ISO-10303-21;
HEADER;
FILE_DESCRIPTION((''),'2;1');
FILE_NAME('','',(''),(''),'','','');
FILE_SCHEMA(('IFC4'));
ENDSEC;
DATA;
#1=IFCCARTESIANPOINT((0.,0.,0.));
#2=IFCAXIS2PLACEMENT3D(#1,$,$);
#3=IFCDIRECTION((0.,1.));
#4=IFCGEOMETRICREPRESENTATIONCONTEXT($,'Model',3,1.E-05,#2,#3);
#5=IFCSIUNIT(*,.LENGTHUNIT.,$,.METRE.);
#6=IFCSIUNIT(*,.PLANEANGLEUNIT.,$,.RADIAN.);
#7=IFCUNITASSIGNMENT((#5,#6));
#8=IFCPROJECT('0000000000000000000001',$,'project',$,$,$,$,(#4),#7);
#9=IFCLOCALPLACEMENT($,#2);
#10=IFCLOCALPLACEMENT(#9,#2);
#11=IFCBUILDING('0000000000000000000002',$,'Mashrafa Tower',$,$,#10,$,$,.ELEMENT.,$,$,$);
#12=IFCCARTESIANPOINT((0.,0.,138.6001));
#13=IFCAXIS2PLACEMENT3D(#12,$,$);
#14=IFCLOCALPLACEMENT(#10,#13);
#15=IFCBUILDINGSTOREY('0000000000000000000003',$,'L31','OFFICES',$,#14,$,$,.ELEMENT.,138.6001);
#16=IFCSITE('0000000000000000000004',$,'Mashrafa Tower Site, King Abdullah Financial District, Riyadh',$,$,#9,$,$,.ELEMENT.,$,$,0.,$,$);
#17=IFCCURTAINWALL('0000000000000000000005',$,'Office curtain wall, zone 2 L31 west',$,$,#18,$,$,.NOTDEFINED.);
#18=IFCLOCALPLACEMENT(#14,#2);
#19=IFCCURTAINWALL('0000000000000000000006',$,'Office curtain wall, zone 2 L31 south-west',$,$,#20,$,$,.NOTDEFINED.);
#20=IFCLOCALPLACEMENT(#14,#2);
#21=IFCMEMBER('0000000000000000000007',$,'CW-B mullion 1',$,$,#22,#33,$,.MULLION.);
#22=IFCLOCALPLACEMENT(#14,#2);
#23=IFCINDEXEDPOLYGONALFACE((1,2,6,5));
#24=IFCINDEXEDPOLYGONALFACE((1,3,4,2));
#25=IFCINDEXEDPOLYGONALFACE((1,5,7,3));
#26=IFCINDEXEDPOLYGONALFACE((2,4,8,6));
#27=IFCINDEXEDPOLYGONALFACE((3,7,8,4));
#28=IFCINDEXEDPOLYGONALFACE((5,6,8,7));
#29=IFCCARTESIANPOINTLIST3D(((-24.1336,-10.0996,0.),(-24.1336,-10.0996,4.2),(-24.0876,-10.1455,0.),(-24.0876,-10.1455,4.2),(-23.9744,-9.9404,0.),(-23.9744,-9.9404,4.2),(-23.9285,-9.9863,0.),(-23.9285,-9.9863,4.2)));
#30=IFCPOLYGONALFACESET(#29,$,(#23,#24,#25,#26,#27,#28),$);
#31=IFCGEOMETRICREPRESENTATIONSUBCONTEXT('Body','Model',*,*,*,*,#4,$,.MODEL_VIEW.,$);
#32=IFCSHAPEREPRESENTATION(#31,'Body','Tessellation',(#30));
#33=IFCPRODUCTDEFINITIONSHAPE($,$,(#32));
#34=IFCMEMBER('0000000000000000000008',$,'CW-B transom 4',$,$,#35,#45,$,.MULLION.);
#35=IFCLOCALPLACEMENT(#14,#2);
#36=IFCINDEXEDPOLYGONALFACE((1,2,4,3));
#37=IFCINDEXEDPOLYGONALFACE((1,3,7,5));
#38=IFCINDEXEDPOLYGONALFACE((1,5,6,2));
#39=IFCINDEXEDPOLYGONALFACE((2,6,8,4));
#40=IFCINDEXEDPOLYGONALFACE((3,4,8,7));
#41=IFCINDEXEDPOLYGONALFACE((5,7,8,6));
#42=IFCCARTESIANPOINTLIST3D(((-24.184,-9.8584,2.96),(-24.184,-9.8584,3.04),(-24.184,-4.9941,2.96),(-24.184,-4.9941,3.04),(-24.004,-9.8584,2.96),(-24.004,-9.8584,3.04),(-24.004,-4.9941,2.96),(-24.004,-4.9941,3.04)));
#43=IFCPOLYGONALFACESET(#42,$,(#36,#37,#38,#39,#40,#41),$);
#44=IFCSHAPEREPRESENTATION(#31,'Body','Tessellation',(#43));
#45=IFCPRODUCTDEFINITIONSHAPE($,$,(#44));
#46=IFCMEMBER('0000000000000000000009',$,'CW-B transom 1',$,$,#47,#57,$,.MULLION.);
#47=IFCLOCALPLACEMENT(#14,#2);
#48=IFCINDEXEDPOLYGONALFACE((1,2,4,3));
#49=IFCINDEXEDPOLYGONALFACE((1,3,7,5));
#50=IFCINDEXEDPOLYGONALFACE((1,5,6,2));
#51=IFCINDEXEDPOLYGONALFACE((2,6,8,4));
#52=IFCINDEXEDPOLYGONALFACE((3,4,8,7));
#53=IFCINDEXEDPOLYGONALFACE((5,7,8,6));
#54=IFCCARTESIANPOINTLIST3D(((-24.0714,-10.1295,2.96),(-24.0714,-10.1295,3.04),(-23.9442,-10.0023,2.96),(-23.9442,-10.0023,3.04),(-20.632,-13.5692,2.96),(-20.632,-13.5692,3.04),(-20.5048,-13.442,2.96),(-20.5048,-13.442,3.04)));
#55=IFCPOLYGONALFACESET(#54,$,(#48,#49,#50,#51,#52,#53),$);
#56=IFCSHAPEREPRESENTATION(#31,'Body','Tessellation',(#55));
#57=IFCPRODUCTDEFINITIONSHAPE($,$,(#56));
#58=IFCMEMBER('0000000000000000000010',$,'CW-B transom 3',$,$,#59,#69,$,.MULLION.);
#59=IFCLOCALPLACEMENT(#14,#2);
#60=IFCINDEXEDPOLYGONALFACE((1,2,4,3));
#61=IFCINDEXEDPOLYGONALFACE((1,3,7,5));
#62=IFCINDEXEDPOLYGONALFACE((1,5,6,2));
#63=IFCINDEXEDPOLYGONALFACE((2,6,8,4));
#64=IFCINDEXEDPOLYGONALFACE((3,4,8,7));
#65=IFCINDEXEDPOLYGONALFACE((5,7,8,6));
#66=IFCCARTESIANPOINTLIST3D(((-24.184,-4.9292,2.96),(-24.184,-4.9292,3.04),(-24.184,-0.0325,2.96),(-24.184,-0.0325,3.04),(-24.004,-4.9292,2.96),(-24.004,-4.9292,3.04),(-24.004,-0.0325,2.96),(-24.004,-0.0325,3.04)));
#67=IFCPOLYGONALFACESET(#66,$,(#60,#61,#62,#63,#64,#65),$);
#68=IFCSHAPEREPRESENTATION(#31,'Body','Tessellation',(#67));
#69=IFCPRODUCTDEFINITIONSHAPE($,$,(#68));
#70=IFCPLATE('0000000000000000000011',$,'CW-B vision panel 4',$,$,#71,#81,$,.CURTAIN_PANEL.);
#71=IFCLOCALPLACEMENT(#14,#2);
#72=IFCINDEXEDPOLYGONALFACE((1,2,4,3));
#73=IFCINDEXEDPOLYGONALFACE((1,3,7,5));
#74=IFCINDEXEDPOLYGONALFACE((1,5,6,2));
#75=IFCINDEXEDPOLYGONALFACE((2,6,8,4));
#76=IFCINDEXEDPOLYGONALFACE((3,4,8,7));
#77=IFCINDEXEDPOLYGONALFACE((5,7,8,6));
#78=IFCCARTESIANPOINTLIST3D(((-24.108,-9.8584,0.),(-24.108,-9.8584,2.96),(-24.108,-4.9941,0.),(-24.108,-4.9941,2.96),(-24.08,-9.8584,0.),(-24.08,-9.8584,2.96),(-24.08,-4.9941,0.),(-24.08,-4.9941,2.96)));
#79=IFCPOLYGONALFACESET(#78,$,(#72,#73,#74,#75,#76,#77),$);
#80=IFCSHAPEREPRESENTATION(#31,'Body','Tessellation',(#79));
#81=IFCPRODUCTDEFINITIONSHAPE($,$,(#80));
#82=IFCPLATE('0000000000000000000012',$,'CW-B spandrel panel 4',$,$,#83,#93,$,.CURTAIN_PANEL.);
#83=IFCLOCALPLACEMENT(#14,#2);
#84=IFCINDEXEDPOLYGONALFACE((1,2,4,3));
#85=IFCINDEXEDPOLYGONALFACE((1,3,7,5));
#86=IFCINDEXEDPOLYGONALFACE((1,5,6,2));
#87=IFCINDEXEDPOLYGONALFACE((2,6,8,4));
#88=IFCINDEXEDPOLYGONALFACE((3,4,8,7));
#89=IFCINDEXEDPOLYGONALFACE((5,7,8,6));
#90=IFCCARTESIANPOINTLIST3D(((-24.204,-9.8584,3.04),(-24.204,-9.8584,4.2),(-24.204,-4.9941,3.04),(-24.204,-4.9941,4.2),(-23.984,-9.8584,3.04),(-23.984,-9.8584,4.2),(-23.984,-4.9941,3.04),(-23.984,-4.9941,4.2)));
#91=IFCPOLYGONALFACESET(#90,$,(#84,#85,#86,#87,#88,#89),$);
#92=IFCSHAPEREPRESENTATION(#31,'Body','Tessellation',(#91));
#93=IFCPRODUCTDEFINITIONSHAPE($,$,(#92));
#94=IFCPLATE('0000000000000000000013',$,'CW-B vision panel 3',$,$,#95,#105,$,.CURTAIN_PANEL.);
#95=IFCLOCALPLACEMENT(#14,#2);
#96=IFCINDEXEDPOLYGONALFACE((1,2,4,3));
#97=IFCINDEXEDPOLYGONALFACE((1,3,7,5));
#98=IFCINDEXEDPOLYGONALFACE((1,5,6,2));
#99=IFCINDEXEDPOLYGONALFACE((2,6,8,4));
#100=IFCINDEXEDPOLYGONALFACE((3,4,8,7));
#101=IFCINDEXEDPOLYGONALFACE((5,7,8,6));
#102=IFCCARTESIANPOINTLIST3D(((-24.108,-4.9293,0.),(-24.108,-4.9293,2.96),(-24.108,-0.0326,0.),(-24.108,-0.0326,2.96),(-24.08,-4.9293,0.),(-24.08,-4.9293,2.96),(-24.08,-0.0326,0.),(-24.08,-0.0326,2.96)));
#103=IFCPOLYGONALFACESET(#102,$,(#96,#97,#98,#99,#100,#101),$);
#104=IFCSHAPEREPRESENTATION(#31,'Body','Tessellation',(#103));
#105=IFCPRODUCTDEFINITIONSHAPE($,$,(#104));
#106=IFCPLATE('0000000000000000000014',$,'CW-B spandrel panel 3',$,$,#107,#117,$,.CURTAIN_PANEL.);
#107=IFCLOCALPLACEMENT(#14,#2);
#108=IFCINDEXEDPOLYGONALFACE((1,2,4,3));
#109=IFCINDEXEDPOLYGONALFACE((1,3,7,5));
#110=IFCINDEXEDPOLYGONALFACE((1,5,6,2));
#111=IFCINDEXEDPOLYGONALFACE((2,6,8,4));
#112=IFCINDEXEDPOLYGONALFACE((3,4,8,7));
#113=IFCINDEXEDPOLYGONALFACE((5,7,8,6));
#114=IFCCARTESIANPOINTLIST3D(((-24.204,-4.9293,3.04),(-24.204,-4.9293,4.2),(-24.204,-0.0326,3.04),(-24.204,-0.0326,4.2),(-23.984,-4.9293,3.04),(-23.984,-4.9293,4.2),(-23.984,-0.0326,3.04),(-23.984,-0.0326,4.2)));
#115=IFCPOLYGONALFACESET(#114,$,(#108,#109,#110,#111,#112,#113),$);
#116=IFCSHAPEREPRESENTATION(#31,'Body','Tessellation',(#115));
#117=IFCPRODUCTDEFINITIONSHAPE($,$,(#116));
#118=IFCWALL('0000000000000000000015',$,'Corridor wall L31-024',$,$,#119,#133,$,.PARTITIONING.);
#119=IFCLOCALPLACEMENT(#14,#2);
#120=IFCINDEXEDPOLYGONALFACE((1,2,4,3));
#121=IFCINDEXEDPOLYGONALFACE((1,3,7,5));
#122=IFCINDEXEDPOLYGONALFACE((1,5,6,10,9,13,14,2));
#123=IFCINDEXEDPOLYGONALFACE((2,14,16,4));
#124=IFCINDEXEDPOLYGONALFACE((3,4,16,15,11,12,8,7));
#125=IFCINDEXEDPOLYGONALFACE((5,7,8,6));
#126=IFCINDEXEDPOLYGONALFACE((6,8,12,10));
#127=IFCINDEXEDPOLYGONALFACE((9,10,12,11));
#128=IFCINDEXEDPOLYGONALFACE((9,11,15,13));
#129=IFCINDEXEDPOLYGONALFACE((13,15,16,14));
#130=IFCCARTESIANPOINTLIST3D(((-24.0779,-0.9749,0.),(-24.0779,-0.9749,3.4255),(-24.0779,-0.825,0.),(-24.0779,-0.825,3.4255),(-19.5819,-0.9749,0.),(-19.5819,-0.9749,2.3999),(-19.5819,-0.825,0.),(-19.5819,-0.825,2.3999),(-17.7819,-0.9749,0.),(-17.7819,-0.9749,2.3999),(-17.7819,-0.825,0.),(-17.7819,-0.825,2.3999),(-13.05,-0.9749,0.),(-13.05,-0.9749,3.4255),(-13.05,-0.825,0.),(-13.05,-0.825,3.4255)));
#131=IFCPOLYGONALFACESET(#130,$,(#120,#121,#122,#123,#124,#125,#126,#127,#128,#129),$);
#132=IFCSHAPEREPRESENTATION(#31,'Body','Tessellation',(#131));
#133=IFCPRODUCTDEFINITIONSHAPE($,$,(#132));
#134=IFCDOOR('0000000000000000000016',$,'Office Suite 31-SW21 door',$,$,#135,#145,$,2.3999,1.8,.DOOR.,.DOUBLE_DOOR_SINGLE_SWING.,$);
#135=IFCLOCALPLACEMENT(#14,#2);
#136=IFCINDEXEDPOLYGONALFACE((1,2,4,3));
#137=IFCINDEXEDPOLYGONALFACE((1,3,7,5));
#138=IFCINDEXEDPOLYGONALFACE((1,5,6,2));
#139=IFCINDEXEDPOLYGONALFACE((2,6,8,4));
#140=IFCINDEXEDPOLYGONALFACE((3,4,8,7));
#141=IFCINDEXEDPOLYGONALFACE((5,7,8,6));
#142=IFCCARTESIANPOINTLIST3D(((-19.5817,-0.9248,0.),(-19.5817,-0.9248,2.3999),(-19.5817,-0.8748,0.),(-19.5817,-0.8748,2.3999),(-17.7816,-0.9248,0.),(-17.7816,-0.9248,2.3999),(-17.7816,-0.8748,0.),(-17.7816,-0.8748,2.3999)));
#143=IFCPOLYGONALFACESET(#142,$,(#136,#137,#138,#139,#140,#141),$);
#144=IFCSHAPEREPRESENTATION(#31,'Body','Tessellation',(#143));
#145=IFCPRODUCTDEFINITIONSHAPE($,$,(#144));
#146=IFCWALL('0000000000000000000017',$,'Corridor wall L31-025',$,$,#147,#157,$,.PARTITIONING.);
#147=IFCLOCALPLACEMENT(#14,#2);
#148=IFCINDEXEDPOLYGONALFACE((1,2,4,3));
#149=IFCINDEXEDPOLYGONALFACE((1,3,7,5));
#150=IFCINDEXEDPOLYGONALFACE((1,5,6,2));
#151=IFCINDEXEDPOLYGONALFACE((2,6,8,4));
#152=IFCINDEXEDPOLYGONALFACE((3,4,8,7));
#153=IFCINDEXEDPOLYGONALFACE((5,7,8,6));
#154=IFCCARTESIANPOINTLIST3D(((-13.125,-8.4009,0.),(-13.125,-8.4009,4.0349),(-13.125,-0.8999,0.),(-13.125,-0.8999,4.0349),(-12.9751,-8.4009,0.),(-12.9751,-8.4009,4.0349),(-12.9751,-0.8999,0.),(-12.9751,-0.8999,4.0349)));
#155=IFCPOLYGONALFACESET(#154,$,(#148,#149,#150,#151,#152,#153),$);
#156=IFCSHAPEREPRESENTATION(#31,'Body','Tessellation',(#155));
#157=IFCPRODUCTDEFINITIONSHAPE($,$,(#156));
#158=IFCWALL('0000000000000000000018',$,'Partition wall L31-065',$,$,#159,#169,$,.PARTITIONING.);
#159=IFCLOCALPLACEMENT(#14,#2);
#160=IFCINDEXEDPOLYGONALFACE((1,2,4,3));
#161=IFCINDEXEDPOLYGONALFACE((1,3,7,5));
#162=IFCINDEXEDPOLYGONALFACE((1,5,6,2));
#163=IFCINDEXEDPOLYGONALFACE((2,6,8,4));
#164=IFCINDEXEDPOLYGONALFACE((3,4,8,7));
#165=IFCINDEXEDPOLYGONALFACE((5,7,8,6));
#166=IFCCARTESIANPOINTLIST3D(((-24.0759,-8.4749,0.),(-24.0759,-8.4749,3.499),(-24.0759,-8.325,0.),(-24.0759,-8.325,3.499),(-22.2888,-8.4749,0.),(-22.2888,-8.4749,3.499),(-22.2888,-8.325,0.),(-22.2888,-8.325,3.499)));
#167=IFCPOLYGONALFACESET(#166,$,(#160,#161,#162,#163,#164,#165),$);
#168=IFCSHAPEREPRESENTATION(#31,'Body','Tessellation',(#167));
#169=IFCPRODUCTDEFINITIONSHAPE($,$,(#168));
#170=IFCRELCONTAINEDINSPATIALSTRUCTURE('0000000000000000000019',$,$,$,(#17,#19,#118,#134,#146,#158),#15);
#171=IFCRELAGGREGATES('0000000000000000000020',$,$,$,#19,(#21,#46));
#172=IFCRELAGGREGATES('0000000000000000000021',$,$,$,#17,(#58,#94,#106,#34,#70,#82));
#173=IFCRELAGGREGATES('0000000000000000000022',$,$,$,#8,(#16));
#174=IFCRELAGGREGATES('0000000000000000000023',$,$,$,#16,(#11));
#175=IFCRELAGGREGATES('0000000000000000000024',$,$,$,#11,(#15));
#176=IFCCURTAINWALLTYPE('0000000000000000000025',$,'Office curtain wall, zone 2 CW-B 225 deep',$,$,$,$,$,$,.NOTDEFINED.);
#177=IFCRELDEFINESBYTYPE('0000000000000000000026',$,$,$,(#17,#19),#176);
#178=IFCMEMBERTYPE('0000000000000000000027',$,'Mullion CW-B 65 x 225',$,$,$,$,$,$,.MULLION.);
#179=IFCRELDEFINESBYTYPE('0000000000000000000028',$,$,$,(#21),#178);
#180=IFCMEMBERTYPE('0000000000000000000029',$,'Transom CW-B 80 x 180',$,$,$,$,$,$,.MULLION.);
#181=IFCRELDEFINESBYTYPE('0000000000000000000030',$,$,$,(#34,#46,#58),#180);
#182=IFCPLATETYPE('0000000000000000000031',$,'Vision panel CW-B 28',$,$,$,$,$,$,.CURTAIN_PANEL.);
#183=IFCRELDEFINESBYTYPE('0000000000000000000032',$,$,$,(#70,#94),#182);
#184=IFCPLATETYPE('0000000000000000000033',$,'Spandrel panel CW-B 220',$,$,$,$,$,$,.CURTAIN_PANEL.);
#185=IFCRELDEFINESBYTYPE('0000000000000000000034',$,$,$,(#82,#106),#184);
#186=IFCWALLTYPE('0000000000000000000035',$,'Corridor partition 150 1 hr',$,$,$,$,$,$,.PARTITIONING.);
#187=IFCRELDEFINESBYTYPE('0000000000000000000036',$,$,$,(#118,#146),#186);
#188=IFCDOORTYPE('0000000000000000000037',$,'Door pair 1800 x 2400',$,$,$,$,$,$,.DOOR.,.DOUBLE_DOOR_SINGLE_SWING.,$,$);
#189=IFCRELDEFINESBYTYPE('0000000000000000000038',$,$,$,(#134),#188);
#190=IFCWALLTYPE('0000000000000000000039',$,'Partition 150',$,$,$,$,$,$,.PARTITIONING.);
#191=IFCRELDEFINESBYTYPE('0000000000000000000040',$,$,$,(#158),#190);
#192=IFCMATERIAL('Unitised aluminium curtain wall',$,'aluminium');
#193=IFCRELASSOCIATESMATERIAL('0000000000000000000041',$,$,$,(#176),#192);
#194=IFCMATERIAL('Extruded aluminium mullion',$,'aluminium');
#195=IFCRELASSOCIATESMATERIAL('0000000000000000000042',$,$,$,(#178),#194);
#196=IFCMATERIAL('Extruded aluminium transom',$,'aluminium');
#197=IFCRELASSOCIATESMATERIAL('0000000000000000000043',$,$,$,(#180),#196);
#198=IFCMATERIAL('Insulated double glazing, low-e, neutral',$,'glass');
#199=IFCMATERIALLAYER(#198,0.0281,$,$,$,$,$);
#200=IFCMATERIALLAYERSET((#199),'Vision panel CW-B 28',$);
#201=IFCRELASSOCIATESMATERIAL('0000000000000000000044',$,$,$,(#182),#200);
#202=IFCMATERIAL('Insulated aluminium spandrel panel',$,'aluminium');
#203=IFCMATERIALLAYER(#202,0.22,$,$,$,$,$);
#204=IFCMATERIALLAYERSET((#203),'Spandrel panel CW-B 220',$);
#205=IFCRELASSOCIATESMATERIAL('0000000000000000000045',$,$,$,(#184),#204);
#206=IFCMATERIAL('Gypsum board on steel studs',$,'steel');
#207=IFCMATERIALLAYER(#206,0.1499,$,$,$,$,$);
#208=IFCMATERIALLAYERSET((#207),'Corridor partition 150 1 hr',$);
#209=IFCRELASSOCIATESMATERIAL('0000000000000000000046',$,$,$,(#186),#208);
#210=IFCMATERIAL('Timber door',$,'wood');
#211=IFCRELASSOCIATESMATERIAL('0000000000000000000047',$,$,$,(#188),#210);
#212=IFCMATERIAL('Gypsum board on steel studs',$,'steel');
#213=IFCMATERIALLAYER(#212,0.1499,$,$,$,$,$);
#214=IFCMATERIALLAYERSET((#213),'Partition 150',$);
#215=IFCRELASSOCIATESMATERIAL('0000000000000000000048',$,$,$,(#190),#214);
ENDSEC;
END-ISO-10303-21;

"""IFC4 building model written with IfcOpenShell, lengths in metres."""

from ifc_helpers import new_model, si_unit, direction, frame, frame_2d, origin, origin_2d, place, context, subcontext, project, spatial, rectangle, extrude, source, transform, mapped, material, layer, layer_set, material_profile, profile_set, type_object, type_shapes, element, fill, aggregate, save


model = new_model("IFC4")

# Units and contexts
model_context = context("Model", 3, precision=1e-05, world=origin(), true_north=direction((0.0, 1.0)))
body_context = subcontext(model_context, "Body", "Model", "MODEL_VIEW")
ifc_project = project(units=[si_unit("LENGTHUNIT", "METRE"), si_unit("PLANEANGLEUNIT", "RADIAN")], contexts=[model_context])

# Site, building, storey
site_placement = place(None, origin())
site = spatial("IfcSite", under=ifc_project, at=site_placement, Name="Mashrafa Tower Site, King Abdullah Financial District, Riyadh", CompositionType="ELEMENT", RefElevation=0.0)
building_placement = place(site_placement, origin())
building = spatial("IfcBuilding", under=site, at=building_placement, Name="Mashrafa Tower", CompositionType="ELEMENT")
storey_placement = place(building_placement, frame((0.0, 0.0, 138.6001)))
storey = spatial("IfcBuildingStorey", under=building, at=storey_placement, Name="L31", Description="OFFICES", CompositionType="ELEMENT", Elevation=138.6001)

# Curtain wall
ifc_material_1 = material(Name="Unitised aluminium curtain wall", Category="aluminium")
curtain_wall_type = type_object("IfcCurtainWallType", Name="Office curtain wall, zone 2 CW-B 225 deep", PredefinedType="NOTDEFINED", material=ifc_material_1)
curtain_wall_1_placement = place(storey_placement, origin())
curtain_wall_1 = element("IfcCurtainWall", 1, at=curtain_wall_1_placement, inside=storey, type_object=curtain_wall_type, Name="Office curtain wall, zone 2 L31 west", PredefinedType="NOTDEFINED")
ifc_material_2 = material(Name="Extruded aluminium mullion", Category="aluminium")
ifc_material_profile_1 = material_profile(ifc_material_2, rectangle(XDim=0.2251, YDim=0.0649, at=origin_2d()), Name="Mullion 65x225")
ifc_profile_set_1 = profile_set([ifc_material_profile_1], Name="Extruded aluminium mullion")
member_type_1 = type_object("IfcMemberType", Name="Mullion CW-B 65 x 225", PredefinedType="MULLION", material=ifc_profile_set_1)
shared_shape_1 = source(origin(), body_context, "Body", "SweptSolid", [
    extrude(rectangle(XDim=0.2251, YDim=0.0649, at=origin_2d()), origin(), (0.0, 0.0, 1.0), 4.2),
])
type_shapes(member_type_1, [shared_shape_1])

# Curtain wall, member
curtain_wall_2_placement = place(storey_placement, origin())
curtain_wall_2 = element("IfcCurtainWall", 2, at=curtain_wall_2_placement, inside=storey, type_object=curtain_wall_type, Name="Office curtain wall, zone 2 L31 south-west", PredefinedType="NOTDEFINED")
member_1_placement = place(storey_placement, frame((-24.031, -10.043, 0.0), z_axis=(0.0, 0.0, 1.0), x_axis=(0.707107, 0.707107, 0.0)))
member_1 = element("IfcMember", 3, at=member_1_placement, type_object=member_type_1, Name="CW-B mullion 1", PredefinedType="MULLION", context=body_context, shape_type="MappedRepresentation", body=[
    mapped(shared_shape_1, transform((0.0, 0.0, 0.0))),
])

# Members
ifc_material_3 = material(Name="Extruded aluminium transom", Category="aluminium")
ifc_material_profile_2 = material_profile(ifc_material_3, rectangle(XDim=0.1799, YDim=0.0801, at=origin_2d()), Name="Transom 80x180")
ifc_profile_set_2 = profile_set([ifc_material_profile_2], Name="Extruded aluminium transom")
member_type_2 = type_object("IfcMemberType", Name="Transom CW-B 80 x 180", PredefinedType="MULLION", material=ifc_profile_set_2)
shared_shape_2 = source(origin(), body_context, "Body", "SweptSolid", [
    extrude(rectangle(XDim=0.1799, YDim=0.0801, at=origin_2d()), origin(), (0.0, 0.0, 1.0), 4.8643),
])
member_2_placement = place(storey_placement, frame((-24.094, -4.9941, 3.0), z_axis=(0.0, -1.0, 0.0), x_axis=(1.0, 0.0, 0.0)))
member_2 = element("IfcMember", 4, at=member_2_placement, type_object=member_type_2, Name="CW-B transom 4", PredefinedType="MULLION", context=body_context, shape_type="MappedRepresentation", body=[
    mapped(shared_shape_2, transform((0.0, 0.0, 0.0))),
])
member_3_placement = place(storey_placement, frame((-24.0078, -10.0659, 3.0), z_axis=(0.707082, -0.707132, 0.0), x_axis=(0.707132, 0.707082, 0.0)))
member_3 = element("IfcMember", 5, at=member_3_placement, type_object=member_type_2, Name="CW-B transom 1", PredefinedType="MULLION", context=body_context, shape_type="MappedRepresentation", body=[
    mapped(shared_shape_2, transform((0.0, 0.0, 0.0))),
])
aggregate(curtain_wall_2, [member_1, member_3])
shared_shape_3 = source(origin(), body_context, "Body", "SweptSolid", [
    extrude(rectangle(XDim=0.1799, YDim=0.0801, at=origin_2d()), origin(), (0.0, 0.0, 1.0), 4.8967),
])
type_shapes(member_type_2, [shared_shape_2, shared_shape_3])
member_4_placement = place(storey_placement, frame((-24.094, -0.0325, 3.0), z_axis=(0.0, -1.0, 0.0), x_axis=(1.0, 0.0, 0.0)))
member_4 = element("IfcMember", 6, at=member_4_placement, type_object=member_type_2, Name="CW-B transom 3", PredefinedType="MULLION", context=body_context, shape_type="MappedRepresentation", body=[
    mapped(shared_shape_3, transform((0.0, 0.0, 0.0))),
])

# Plates
ifc_material_4 = material(Name="Insulated double glazing, low-e, neutral", Category="glass")
ifc_layer_1 = layer(ifc_material_4, 0.0281)
ifc_layer_set_1 = layer_set([ifc_layer_1], Name="Vision panel CW-B 28")
plate_type_1 = type_object("IfcPlateType", Name="Vision panel CW-B 28", PredefinedType="CURTAIN_PANEL", material=ifc_layer_set_1)
shared_shape_4 = source(origin(), body_context, "Body", "SweptSolid", [
    extrude(rectangle(XDim=4.8643, YDim=0.0281, at=origin_2d()), origin(), (0.0, 0.0, 1.0), 2.96),
])
plate_1_placement = place(storey_placement, frame((-24.094, -7.4263, 0.0), z_axis=(0.0, 0.0, 1.0), x_axis=(0.0, -1.0, 0.0)))
plate_1 = element("IfcPlate", 7, at=plate_1_placement, type_object=plate_type_1, Name="CW-B vision panel 4", PredefinedType="CURTAIN_PANEL", context=body_context, shape_type="MappedRepresentation", body=[
    mapped(shared_shape_4, transform((0.0, 0.0, 0.0))),
])
ifc_material_5 = material(Name="Insulated aluminium spandrel panel", Category="aluminium")
ifc_layer_2 = layer(ifc_material_5, 0.22)
ifc_layer_set_2 = layer_set([ifc_layer_2], Name="Spandrel panel CW-B 220")
plate_type_2 = type_object("IfcPlateType", Name="Spandrel panel CW-B 220", PredefinedType="CURTAIN_PANEL", material=ifc_layer_set_2)
shared_shape_5 = source(origin(), body_context, "Body", "SweptSolid", [
    extrude(rectangle(XDim=4.8643, YDim=0.22, at=origin_2d()), origin(), (0.0, 0.0, 1.0), 1.1599),
])
plate_2_placement = place(storey_placement, frame((-24.094, -7.4263, 3.04), z_axis=(0.0, 0.0, 1.0), x_axis=(0.0, -1.0, 0.0)))
plate_2 = element("IfcPlate", 8, at=plate_2_placement, type_object=plate_type_2, Name="CW-B spandrel panel 4", PredefinedType="CURTAIN_PANEL", context=body_context, shape_type="MappedRepresentation", body=[
    mapped(shared_shape_5, transform((0.0, 0.0, 0.0))),
])
shared_shape_6 = source(origin(), body_context, "Body", "SweptSolid", [
    extrude(rectangle(XDim=4.8967, YDim=0.0281, at=origin_2d()), origin(), (0.0, 0.0, 1.0), 2.96),
])
type_shapes(plate_type_1, [shared_shape_4, shared_shape_6])
plate_3_placement = place(storey_placement, frame((-24.094, -2.481, 0.0), z_axis=(0.0, 0.0, 1.0), x_axis=(0.0, -1.0, 0.0)))
plate_3 = element("IfcPlate", 9, at=plate_3_placement, type_object=plate_type_1, Name="CW-B vision panel 3", PredefinedType="CURTAIN_PANEL", context=body_context, shape_type="MappedRepresentation", body=[
    mapped(shared_shape_6, transform((0.0, 0.0, 0.0))),
])
shared_shape_7 = source(origin(), body_context, "Body", "SweptSolid", [
    extrude(rectangle(XDim=4.8967, YDim=0.22, at=origin_2d()), origin(), (0.0, 0.0, 1.0), 1.1599),
])
type_shapes(plate_type_2, [shared_shape_5, shared_shape_7])
plate_4_placement = place(storey_placement, frame((-24.094, -2.481, 3.04), z_axis=(0.0, 0.0, 1.0), x_axis=(0.0, -1.0, 0.0)))
plate_4 = element("IfcPlate", 10, at=plate_4_placement, type_object=plate_type_2, Name="CW-B spandrel panel 3", PredefinedType="CURTAIN_PANEL", context=body_context, shape_type="MappedRepresentation", body=[
    mapped(shared_shape_7, transform((0.0, 0.0, 0.0))),
])
aggregate(curtain_wall_1, [member_4, plate_3, plate_4, member_2, plate_1, plate_2])

# Wall, opening, door
ifc_material_6 = material(Name="Gypsum board on steel studs", Category="steel")
ifc_layer_3 = layer(ifc_material_6, 0.1499)
ifc_layer_set_3 = layer_set([ifc_layer_3], Name="Corridor partition 150 1 hr")
wall_type_1 = type_object("IfcWallType", Name="Corridor partition 150 1 hr", PredefinedType="PARTITIONING", material=ifc_layer_set_3)
wall_1_placement = place(storey_placement, frame((-24.0779, -0.8999, 0.0), z_axis=(0.0, 0.0, 1.0), x_axis=(1.0, 0.0, 0.0)))
wall_1 = element("IfcWall", 11, at=wall_1_placement, inside=storey, type_object=wall_type_1, Name="Corridor wall L31-024", PredefinedType="PARTITIONING", context=body_context, shape_type="SweptSolid", body=[
    extrude(rectangle(XDim=11.0278, YDim=0.1499, at=frame_2d((5.5139, 0.0))), origin(), (0.0, 0.0, 1.0), 3.4255),
])
opening_1_placement = place(wall_1_placement, frame((4.4961, 0.0, 0.0)))
opening_1 = element("IfcOpeningElement", 12, at=opening_1_placement, cuts=wall_1, PredefinedType="OPENING", context=body_context, shape_type="SweptSolid", body=[
    extrude(rectangle(XDim=1.8, YDim=2.3999, at=frame_2d((0.8999, 1.2))), frame((0.0, 0.085, 0.0), z_axis=(0.0, -1.0, 0.0), x_axis=(1.0, 0.0, 0.0)), (0.0, 0.0, 1.0), 0.1699),
])
ifc_material_7 = material(Name="Timber door", Category="wood")
door_type = type_object("IfcDoorType", Name="Door pair 1800 x 2400", OperationType="DOUBLE_DOOR_SINGLE_SWING", PredefinedType="DOOR", material=ifc_material_7)
door_1_placement = place(opening_1_placement, frame((1.8, 0.0, 0.0), z_axis=(0.0, 0.0, 1.0), x_axis=(-1.0, 0.0, 0.0)))
door_1 = element("IfcDoor", 13, at=door_1_placement, inside=storey, type_object=door_type, Name="Office Suite 31-SW21 door", OperationType="DOUBLE_DOOR_SINGLE_SWING", OverallHeight=2.3999, OverallWidth=1.8, PredefinedType="DOOR", context=body_context, shape_type="SweptSolid", body=[
    extrude(rectangle(XDim=1.8, YDim=2.3999, at=frame_2d((0.8999, 1.2))), frame((0.0, 0.0249, 0.0), z_axis=(0.0, -1.0, 0.0), x_axis=(1.0, 0.0, 0.0)), (0.0, 0.0, 1.0), 0.05),
])
fill(opening_1, door_1)

# Wall
wall_2_placement = place(storey_placement, frame((-13.05, -0.8999, 0.0), z_axis=(0.0, 0.0, 1.0), x_axis=(0.0, -1.0, 0.0)))
element("IfcWall", 14, at=wall_2_placement, inside=storey, type_object=wall_type_1, Name="Corridor wall L31-025", PredefinedType="PARTITIONING", context=body_context, shape_type="SweptSolid", body=[
    extrude(rectangle(XDim=7.501, YDim=0.1499, at=frame_2d((3.7505, 0.0))), origin(), (0.0, 0.0, 1.0), 4.0349),
])

# Wall
ifc_material_8 = material(Name="Gypsum board on steel studs", Category="steel")
ifc_layer_4 = layer(ifc_material_8, 0.1499)
ifc_layer_set_4 = layer_set([ifc_layer_4], Name="Partition 150")
wall_type_2 = type_object("IfcWallType", Name="Partition 150", PredefinedType="PARTITIONING", material=ifc_layer_set_4)
wall_3_placement = place(storey_placement, frame((-24.0759, -8.3999, 0.0), z_axis=(0.0, 0.0, 1.0), x_axis=(1.0, 0.0, 0.0)))
element("IfcWall", 15, at=wall_3_placement, inside=storey, type_object=wall_type_2, Name="Partition wall L31-065", PredefinedType="PARTITIONING", context=body_context, shape_type="SweptSolid", body=[
    extrude(rectangle(XDim=1.7871, YDim=0.1499, at=frame_2d((0.8936, 0.0))), origin(), (0.0, 0.0, 1.0), 3.499),
])

save(model, "model.ifc")
